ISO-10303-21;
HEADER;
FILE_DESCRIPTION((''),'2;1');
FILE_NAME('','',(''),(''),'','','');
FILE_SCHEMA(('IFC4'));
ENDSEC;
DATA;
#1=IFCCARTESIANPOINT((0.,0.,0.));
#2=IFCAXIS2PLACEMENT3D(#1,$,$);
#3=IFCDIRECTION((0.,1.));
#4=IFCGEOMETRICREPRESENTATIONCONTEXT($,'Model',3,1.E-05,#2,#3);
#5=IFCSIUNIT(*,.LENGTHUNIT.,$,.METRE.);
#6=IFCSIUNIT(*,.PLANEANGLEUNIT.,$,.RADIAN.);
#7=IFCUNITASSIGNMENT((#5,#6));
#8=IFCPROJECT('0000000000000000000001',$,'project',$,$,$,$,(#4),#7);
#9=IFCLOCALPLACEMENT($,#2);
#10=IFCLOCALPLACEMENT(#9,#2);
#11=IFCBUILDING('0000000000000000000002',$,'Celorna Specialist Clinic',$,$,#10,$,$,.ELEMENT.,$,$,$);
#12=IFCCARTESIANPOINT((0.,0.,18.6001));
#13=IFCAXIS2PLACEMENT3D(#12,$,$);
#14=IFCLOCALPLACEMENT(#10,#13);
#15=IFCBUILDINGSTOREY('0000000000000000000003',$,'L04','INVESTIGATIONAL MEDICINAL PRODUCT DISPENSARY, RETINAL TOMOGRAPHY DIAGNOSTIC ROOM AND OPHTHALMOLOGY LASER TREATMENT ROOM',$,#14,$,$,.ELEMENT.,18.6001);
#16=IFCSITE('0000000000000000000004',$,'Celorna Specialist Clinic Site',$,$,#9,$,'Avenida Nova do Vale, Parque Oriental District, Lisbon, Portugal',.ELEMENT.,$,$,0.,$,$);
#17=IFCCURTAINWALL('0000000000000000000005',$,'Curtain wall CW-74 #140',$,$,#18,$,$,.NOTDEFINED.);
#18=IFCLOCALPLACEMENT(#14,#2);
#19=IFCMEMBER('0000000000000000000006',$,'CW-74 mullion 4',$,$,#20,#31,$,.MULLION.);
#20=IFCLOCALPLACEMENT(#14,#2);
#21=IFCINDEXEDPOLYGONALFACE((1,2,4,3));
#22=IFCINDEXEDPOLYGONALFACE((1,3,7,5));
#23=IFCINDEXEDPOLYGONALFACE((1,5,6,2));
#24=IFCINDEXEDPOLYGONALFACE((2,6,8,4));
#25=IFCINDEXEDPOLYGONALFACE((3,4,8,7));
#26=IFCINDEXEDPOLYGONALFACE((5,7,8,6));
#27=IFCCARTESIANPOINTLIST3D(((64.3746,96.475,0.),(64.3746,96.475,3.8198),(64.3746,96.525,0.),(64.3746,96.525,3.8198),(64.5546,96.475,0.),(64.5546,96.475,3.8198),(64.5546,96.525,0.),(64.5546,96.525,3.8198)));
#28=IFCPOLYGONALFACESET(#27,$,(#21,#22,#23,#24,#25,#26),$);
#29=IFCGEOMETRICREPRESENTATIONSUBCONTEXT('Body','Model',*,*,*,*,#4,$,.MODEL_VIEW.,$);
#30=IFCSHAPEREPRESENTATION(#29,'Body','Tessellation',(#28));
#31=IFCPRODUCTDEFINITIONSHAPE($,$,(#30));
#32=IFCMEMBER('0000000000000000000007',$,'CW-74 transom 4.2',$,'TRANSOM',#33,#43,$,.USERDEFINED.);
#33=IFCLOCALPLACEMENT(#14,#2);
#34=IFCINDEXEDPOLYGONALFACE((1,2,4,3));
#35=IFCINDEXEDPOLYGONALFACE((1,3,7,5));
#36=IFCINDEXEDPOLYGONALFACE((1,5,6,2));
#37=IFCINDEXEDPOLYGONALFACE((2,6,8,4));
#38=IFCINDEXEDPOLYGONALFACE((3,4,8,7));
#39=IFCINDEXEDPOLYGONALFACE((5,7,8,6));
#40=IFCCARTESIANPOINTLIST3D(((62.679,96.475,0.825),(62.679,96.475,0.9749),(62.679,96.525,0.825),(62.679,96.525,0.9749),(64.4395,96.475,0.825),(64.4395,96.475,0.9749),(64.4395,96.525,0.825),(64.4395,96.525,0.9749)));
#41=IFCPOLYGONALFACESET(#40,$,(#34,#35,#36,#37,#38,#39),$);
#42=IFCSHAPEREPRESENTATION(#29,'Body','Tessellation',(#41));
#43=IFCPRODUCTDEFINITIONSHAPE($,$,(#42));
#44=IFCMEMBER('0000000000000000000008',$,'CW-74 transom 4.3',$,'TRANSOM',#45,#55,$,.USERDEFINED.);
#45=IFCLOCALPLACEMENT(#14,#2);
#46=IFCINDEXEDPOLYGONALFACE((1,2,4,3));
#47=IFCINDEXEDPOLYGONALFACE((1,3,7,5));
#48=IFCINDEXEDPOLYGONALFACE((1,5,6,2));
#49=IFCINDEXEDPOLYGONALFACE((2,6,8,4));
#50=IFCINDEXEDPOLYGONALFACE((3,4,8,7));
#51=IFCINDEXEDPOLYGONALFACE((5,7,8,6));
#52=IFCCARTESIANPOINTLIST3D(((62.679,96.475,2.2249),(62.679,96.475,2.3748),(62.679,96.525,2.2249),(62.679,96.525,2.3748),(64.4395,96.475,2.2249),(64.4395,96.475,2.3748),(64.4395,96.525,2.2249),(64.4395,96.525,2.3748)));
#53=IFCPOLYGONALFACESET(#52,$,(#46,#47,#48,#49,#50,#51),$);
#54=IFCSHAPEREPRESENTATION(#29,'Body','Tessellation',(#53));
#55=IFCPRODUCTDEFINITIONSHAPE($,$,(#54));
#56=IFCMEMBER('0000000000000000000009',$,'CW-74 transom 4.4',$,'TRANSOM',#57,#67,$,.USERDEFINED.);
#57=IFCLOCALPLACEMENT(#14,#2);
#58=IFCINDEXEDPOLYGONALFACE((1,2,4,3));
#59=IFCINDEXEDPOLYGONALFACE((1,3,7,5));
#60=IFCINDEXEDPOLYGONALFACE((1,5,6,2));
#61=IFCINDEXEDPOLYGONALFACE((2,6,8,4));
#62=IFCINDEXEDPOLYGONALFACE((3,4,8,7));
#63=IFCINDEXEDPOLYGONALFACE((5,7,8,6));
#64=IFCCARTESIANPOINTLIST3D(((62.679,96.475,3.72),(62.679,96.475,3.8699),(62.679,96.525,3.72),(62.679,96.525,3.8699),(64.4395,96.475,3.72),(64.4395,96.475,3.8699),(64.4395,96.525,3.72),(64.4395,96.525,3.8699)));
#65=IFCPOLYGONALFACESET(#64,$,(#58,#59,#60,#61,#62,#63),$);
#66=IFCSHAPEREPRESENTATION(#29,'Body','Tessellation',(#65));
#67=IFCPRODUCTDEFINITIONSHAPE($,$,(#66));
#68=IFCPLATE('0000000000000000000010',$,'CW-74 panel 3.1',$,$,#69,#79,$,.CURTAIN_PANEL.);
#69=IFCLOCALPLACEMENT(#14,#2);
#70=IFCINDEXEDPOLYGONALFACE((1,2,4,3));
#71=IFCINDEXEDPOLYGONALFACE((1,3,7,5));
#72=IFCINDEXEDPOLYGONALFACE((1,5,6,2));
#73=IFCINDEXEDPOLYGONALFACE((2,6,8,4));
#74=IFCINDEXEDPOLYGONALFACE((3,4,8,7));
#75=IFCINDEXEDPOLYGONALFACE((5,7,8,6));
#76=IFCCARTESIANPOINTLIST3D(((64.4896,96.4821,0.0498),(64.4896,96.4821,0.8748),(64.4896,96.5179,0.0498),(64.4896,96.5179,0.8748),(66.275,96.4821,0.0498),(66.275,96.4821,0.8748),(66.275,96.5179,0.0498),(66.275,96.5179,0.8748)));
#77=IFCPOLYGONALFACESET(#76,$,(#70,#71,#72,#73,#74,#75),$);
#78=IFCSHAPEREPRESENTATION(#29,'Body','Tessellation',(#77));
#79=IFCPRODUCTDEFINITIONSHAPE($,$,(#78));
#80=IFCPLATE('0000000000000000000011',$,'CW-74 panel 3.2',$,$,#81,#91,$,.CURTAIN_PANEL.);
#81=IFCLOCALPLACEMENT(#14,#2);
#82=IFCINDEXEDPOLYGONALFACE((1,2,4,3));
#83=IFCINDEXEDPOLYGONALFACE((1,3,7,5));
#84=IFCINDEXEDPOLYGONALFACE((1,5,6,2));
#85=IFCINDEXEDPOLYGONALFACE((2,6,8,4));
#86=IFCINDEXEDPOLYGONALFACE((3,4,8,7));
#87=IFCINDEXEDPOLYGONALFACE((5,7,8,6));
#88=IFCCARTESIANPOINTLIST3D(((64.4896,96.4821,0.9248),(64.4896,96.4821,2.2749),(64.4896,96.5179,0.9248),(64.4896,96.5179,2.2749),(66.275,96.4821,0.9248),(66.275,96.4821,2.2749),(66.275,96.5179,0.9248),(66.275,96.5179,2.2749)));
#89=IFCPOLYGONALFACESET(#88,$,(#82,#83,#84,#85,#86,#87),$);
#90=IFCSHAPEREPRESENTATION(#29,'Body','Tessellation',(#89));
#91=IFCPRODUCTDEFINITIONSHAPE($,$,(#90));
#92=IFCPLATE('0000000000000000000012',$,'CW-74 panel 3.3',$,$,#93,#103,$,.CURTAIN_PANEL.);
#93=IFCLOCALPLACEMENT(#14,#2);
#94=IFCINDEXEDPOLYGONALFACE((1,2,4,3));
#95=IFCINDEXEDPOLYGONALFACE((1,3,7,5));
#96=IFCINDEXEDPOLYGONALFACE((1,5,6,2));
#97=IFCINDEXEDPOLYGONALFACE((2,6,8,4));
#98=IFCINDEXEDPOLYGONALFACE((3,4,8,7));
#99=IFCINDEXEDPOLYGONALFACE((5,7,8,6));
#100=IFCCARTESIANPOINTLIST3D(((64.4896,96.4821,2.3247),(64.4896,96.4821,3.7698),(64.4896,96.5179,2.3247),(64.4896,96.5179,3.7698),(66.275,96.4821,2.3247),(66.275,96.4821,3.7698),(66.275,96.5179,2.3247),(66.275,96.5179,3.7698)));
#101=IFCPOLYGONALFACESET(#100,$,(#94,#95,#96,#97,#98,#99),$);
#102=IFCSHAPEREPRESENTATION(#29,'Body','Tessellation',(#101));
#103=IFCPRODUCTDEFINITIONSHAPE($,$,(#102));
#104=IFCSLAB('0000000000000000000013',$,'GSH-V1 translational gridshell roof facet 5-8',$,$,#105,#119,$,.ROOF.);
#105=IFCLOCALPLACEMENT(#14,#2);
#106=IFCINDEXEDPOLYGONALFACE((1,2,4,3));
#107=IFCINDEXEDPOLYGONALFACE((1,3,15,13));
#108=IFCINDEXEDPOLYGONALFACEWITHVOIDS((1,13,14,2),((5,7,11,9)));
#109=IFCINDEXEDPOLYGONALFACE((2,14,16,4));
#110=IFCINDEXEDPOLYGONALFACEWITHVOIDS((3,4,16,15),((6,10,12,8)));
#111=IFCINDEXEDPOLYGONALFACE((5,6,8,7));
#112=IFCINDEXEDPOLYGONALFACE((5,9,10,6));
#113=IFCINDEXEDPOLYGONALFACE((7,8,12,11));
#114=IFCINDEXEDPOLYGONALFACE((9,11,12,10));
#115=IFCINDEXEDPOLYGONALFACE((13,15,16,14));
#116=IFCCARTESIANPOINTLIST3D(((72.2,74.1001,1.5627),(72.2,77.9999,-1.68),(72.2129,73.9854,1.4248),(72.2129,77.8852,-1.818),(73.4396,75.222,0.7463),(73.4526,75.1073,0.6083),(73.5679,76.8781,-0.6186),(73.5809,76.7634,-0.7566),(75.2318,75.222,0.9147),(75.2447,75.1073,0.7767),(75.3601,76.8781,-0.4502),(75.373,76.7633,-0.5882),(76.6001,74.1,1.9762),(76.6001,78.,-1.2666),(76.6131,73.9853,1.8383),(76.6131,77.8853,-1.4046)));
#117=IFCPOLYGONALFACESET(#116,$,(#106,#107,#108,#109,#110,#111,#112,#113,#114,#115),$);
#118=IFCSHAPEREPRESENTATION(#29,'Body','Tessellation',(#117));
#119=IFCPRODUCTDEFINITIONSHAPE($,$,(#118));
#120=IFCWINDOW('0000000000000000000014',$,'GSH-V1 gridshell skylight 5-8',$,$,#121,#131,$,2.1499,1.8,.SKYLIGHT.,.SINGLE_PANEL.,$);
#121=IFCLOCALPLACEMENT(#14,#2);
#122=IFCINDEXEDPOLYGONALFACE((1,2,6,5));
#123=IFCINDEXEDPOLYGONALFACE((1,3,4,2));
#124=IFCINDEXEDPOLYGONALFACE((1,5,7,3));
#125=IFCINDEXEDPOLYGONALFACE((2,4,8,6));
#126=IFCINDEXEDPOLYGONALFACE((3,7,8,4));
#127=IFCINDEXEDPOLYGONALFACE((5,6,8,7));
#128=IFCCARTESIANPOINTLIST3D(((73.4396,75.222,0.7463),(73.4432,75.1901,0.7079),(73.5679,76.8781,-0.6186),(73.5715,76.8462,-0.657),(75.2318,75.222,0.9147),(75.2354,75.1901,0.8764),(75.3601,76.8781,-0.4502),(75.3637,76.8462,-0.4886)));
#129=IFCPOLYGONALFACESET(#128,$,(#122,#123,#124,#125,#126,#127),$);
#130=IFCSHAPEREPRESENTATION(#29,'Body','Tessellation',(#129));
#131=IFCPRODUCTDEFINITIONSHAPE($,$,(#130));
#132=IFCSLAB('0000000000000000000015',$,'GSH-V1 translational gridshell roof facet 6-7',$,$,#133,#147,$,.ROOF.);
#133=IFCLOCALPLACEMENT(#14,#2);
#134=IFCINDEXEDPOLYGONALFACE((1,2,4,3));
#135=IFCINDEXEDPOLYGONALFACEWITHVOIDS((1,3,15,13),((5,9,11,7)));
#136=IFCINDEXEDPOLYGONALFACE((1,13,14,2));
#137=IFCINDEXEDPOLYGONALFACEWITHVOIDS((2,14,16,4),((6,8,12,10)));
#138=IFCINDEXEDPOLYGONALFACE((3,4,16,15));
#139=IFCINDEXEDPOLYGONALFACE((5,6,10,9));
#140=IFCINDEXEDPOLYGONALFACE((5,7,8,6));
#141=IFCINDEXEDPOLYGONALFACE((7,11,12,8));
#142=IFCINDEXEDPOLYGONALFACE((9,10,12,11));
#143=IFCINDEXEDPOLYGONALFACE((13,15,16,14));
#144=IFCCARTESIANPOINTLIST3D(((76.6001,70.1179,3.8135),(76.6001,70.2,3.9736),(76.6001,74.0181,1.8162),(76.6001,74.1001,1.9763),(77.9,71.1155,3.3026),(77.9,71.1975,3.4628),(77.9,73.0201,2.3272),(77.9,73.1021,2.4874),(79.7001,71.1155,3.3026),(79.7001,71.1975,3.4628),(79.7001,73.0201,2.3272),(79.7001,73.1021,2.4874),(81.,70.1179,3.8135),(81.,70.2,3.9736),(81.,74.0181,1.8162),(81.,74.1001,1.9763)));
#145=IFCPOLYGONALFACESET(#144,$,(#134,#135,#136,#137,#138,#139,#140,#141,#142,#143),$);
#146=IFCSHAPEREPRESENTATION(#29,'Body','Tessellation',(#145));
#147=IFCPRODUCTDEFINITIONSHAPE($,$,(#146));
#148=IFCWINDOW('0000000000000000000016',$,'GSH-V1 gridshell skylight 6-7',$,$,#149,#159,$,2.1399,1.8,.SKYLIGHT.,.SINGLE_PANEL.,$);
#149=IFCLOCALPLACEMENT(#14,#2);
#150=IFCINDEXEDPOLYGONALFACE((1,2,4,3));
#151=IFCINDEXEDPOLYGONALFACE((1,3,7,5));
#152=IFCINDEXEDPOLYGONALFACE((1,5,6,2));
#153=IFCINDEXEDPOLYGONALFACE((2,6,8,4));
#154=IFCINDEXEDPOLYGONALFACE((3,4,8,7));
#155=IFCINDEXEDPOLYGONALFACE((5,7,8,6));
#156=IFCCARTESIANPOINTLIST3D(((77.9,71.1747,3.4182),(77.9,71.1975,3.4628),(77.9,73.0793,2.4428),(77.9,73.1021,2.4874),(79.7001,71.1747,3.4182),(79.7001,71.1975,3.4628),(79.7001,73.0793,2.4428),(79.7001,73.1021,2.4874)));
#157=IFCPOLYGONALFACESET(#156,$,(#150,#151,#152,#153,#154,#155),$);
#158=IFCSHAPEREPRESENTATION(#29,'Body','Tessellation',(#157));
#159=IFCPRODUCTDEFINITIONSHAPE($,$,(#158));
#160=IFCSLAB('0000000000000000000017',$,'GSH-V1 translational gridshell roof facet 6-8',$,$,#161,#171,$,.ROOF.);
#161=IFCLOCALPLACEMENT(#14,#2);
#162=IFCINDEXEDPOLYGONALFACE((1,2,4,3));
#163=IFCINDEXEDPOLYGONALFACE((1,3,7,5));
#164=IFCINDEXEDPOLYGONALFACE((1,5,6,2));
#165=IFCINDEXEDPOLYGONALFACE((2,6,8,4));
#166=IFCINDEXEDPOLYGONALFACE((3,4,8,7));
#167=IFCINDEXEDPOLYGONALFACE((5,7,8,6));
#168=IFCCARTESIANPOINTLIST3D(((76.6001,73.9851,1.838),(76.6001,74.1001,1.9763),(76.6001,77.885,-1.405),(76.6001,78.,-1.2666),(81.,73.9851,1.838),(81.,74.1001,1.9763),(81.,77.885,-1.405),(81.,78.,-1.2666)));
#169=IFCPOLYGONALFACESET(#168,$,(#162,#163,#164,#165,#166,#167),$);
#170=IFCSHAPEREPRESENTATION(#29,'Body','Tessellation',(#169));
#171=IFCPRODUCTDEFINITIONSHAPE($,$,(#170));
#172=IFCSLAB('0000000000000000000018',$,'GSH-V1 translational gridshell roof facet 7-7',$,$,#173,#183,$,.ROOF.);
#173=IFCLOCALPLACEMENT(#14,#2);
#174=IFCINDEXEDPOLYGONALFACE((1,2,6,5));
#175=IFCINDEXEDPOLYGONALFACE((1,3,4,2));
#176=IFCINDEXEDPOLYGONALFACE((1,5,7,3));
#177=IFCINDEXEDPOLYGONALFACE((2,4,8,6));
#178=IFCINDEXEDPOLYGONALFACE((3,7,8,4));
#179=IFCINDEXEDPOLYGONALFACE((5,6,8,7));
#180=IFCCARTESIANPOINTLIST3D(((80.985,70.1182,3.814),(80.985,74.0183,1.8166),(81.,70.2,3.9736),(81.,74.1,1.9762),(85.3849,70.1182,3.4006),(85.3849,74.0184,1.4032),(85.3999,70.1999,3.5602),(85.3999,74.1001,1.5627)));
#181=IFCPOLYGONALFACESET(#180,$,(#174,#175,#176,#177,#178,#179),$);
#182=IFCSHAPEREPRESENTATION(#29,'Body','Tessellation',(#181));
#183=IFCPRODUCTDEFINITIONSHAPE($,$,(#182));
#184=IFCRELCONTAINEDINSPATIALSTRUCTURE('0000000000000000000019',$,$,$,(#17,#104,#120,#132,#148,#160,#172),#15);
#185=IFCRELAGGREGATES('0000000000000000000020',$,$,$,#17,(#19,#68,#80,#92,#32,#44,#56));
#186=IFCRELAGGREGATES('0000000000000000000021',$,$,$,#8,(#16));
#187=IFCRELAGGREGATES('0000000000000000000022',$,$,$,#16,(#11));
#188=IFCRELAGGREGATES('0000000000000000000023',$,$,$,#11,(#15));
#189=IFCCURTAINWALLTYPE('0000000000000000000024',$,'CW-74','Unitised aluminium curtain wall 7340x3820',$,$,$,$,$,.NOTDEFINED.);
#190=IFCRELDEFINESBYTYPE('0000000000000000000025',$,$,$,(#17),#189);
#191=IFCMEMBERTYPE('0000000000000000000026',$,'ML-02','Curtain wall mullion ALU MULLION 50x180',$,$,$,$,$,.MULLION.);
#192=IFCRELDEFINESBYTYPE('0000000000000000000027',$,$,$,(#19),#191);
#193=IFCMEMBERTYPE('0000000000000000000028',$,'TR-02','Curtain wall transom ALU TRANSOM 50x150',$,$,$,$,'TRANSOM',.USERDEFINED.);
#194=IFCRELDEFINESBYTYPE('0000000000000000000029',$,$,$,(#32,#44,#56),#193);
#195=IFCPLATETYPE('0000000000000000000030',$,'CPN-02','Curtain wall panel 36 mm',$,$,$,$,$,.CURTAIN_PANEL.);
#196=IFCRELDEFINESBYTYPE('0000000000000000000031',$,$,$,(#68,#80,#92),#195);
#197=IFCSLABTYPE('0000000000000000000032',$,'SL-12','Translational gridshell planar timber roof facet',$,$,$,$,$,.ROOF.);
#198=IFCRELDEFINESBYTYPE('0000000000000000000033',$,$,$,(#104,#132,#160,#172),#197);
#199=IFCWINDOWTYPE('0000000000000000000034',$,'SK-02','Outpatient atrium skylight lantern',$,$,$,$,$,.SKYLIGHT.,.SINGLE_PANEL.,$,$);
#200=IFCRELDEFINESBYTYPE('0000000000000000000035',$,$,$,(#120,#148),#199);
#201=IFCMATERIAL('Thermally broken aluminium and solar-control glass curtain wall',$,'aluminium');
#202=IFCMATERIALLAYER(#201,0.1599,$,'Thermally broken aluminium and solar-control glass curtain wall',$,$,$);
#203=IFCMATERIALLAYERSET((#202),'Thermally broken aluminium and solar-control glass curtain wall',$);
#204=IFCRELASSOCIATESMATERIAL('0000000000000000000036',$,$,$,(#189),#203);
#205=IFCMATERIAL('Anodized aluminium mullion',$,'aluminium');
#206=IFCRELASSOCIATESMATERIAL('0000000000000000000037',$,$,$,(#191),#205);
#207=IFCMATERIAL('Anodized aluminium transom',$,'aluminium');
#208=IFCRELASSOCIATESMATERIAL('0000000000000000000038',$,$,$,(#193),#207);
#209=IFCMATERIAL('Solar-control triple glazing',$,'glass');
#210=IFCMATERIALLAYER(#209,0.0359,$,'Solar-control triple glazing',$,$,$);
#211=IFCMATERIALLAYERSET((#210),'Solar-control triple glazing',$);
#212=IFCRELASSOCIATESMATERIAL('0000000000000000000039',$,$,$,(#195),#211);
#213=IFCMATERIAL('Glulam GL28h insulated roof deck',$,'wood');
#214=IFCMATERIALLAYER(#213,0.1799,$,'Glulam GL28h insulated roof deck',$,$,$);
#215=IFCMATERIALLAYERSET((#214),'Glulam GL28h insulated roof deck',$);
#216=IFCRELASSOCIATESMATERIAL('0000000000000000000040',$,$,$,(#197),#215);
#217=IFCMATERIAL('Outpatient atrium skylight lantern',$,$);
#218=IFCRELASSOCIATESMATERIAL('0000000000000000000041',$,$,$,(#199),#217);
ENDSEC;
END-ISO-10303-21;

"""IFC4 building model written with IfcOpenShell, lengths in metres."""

from ifc_helpers import new_model, si_unit, direction, frame, origin, origin_2d, place, context, subcontext, project, spatial, polyline, rectangle, outline, extrude, material, layer, layer_set, material_profile, profile_set, type_object, element, fill, aggregate, save


model = new_model("IFC4")

# Units and contexts
model_context = context("Model", 3, precision=1e-05, world=origin(), true_north=direction((0.0, 1.0)))
body_context = subcontext(model_context, "Body", "Model", "MODEL_VIEW")
ifc_project = project(units=[si_unit("LENGTHUNIT", "METRE"), si_unit("PLANEANGLEUNIT", "RADIAN")], contexts=[model_context])

# Site, building, storey
site_placement = place(None, origin())
site = spatial("IfcSite", under=ifc_project, at=site_placement, Name="Celorna Specialist Clinic Site", LongName="Avenida Nova do Vale, Parque Oriental District, Lisbon, Portugal", CompositionType="ELEMENT", RefElevation=0.0)
building_placement = place(site_placement, origin())
building = spatial("IfcBuilding", under=site, at=building_placement, Name="Celorna Specialist Clinic", CompositionType="ELEMENT")
storey_placement = place(building_placement, frame((0.0, 0.0, 18.6001)))
storey = spatial("IfcBuildingStorey", under=building, at=storey_placement, Name="L04", Description="INVESTIGATIONAL MEDICINAL PRODUCT DISPENSARY, RETINAL TOMOGRAPHY DIAGNOSTIC ROOM AND OPHTHALMOLOGY LASER TREATMENT ROOM", CompositionType="ELEMENT", Elevation=18.6001)

# Curtain wall, members, plates
ifc_material_1 = material(Name="Thermally broken aluminium and solar-control glass curtain wall", Category="aluminium")
ifc_layer_1 = layer(ifc_material_1, 0.1599, Name="Thermally broken aluminium and solar-control glass curtain wall")
ifc_layer_set_1 = layer_set([ifc_layer_1], Name="Thermally broken aluminium and solar-control glass curtain wall")
curtain_wall_type = type_object("IfcCurtainWallType", Name="CW-74", Description="Unitised aluminium curtain wall 7340x3820", PredefinedType="NOTDEFINED", material=ifc_layer_set_1)
curtain_wall_placement = place(storey_placement, origin())
curtain_wall = element("IfcCurtainWall", 1, at=curtain_wall_placement, inside=storey, type_object=curtain_wall_type, Name="Curtain wall CW-74 #140", PredefinedType="NOTDEFINED")
ifc_material_2 = material(Name="Anodized aluminium mullion", Category="aluminium")
ifc_material_profile_1 = material_profile(ifc_material_2, rectangle(XDim=0.05, YDim=0.1799, at=origin_2d()), Name="ALU MULLION 50x180")
ifc_profile_set_1 = profile_set([ifc_material_profile_1], Name="Anodized aluminium mullion")
member_type_1 = type_object("IfcMemberType", Name="ML-02", Description="Curtain wall mullion ALU MULLION 50x180", PredefinedType="MULLION", material=ifc_profile_set_1)
member_1_placement = place(storey_placement, frame((64.4646, 96.5, 0.0), z_axis=(0.0, 0.0, 1.0), x_axis=(0.0, -1.0, 0.0)))
member_1 = element("IfcMember", 2, at=member_1_placement, type_object=member_type_1, Name="CW-74 mullion 4", PredefinedType="MULLION", context=body_context, shape_type="SweptSolid", body=[
    extrude(rectangle(XDim=0.05, YDim=0.1799, at=origin_2d()), origin(), (0.0, 0.0, 1.0), 3.8198),
])
ifc_material_3 = material(Name="Anodized aluminium transom", Category="aluminium")
ifc_material_profile_2 = material_profile(ifc_material_3, rectangle(XDim=0.05, YDim=0.1499, at=origin_2d()), Name="ALU TRANSOM 50x150")
ifc_profile_set_2 = profile_set([ifc_material_profile_2], Name="Anodized aluminium transom")
member_type_2 = type_object("IfcMemberType", Name="TR-02", Description="Curtain wall transom ALU TRANSOM 50x150", ElementType="TRANSOM", PredefinedType="USERDEFINED", material=ifc_profile_set_2)
member_2_placement = place(storey_placement, frame((64.4395, 96.5, 0.8999), z_axis=(-1.0, 0.0, 0.0), x_axis=(0.0, -1.0, 0.0)))
member_2 = element("IfcMember", 3, at=member_2_placement, type_object=member_type_2, Name="CW-74 transom 4.2", ObjectType="TRANSOM", PredefinedType="USERDEFINED", context=body_context, shape_type="SweptSolid", body=[
    extrude(rectangle(XDim=0.05, YDim=0.1499, at=origin_2d()), origin(), (0.0, 0.0, 1.0), 1.7605),
])
member_3_placement = place(storey_placement, frame((64.4395, 96.5, 2.2998), z_axis=(-1.0, 0.0, 0.0), x_axis=(0.0, -1.0, 0.0)))
member_3 = element("IfcMember", 4, at=member_3_placement, type_object=member_type_2, Name="CW-74 transom 4.3", ObjectType="TRANSOM", PredefinedType="USERDEFINED", context=body_context, shape_type="SweptSolid", body=[
    extrude(rectangle(XDim=0.05, YDim=0.1499, at=origin_2d()), origin(), (0.0, 0.0, 1.0), 1.7605),
])
member_4_placement = place(storey_placement, frame((64.4395, 96.5, 3.7949), z_axis=(-1.0, 0.0, 0.0), x_axis=(0.0, -1.0, 0.0)))
member_4 = element("IfcMember", 5, at=member_4_placement, type_object=member_type_2, Name="CW-74 transom 4.4", ObjectType="TRANSOM", PredefinedType="USERDEFINED", context=body_context, shape_type="SweptSolid", body=[
    extrude(rectangle(XDim=0.05, YDim=0.1499, at=origin_2d()), origin(), (0.0, 0.0, 1.0), 1.7605),
])
ifc_material_4 = material(Name="Solar-control triple glazing", Category="glass")
ifc_layer_2 = layer(ifc_material_4, 0.0359, Name="Solar-control triple glazing")
ifc_layer_set_2 = layer_set([ifc_layer_2], Name="Solar-control triple glazing")
plate_type = type_object("IfcPlateType", Name="CPN-02", Description="Curtain wall panel 36 mm", PredefinedType="CURTAIN_PANEL", material=ifc_layer_set_2)
plate_1_placement = place(storey_placement, frame((65.3823, 96.5, 0.0498), z_axis=(0.0, 0.0, 1.0), x_axis=(-1.0, 0.0, 0.0)))
plate_1 = element("IfcPlate", 6, at=plate_1_placement, type_object=plate_type, Name="CW-74 panel 3.1", PredefinedType="CURTAIN_PANEL", context=body_context, shape_type="SweptSolid", body=[
    extrude(rectangle(XDim=1.7854, YDim=0.0359, at=origin_2d()), origin(), (0.0, 0.0, 1.0), 0.825),
])
plate_2_placement = place(storey_placement, frame((65.3823, 96.5, 0.9248), z_axis=(0.0, 0.0, 1.0), x_axis=(-1.0, 0.0, 0.0)))
plate_2 = element("IfcPlate", 7, at=plate_2_placement, type_object=plate_type, Name="CW-74 panel 3.2", PredefinedType="CURTAIN_PANEL", context=body_context, shape_type="SweptSolid", body=[
    extrude(rectangle(XDim=1.7854, YDim=0.0359, at=origin_2d()), origin(), (0.0, 0.0, 1.0), 1.3501),
])
plate_3_placement = place(storey_placement, frame((65.3823, 96.5, 2.3247), z_axis=(0.0, 0.0, 1.0), x_axis=(-1.0, 0.0, 0.0)))
plate_3 = element("IfcPlate", 8, at=plate_3_placement, type_object=plate_type, Name="CW-74 panel 3.3", PredefinedType="CURTAIN_PANEL", context=body_context, shape_type="SweptSolid", body=[
    extrude(rectangle(XDim=1.7854, YDim=0.0359, at=origin_2d()), origin(), (0.0, 0.0, 1.0), 1.4451),
])
aggregate(curtain_wall, [member_1, plate_1, plate_2, plate_3, member_2, member_3, member_4])

# Slabs, openings, windows
ifc_material_5 = material(Name="Glulam GL28h insulated roof deck", Category="wood")
ifc_layer_3 = layer(ifc_material_5, 0.1799, Name="Glulam GL28h insulated roof deck")
ifc_layer_set_3 = layer_set([ifc_layer_3], Name="Glulam GL28h insulated roof deck")
slab_type = type_object("IfcSlabType", Name="SL-12", Description="Translational gridshell planar timber roof facet", PredefinedType="ROOF", material=ifc_layer_set_3)
slab_1_placement = place(storey_placement, frame((72.2, 74.1001, 1.5627), z_axis=(-0.072062, 0.637693, 0.766912), x_axis=(0.995613, -0.000014, 0.093562)))
slab_1 = element("IfcSlab", 9, at=slab_1_placement, inside=storey, type_object=slab_type, Name="GSH-V1 translational gridshell roof facet 5-8", PredefinedType="ROOF", context=body_context, shape_type="SweptSolid", body=[
    extrude(outline(polyline([(0.0, 0.0), (4.4195, 0.0), (4.1161, 5.063), (-0.3034, 5.0628), (0.0, 0.0)])), origin(), (0.0, 0.0, -1.0), 0.1799),
])
opening_1_placement = place(slab_1_placement, frame((2.0579, 2.5315, 0.01)))
opening_1 = element("IfcOpeningElement", 10, at=opening_1_placement, cuts=slab_1, PredefinedType="OPENING", context=body_context, shape_type="SweptSolid", body=[
    extrude(rectangle(XDim=1.8, YDim=2.1499, at=origin_2d()), origin(), (0.0, 0.0, -1.0), 0.2),
])
ifc_material_6 = material(Name="Outpatient atrium skylight lantern")
window_type = type_object("IfcWindowType", Name="SK-02", Description="Outpatient atrium skylight lantern", PartitioningType="SINGLE_PANEL", PredefinedType="SKYLIGHT", material=ifc_material_6)
window_1_placement = place(opening_1_placement, frame((0.0, 0.0, -0.01)))
window_1 = element("IfcWindow", 11, at=window_1_placement, inside=storey, type_object=window_type, Name="GSH-V1 gridshell skylight 5-8", OverallHeight=2.1499, OverallWidth=1.8, PartitioningType="SINGLE_PANEL", PredefinedType="SKYLIGHT", context=body_context, shape_type="SweptSolid", body=[
    extrude(rectangle(XDim=1.8, YDim=2.1499, at=origin_2d()), origin(), (0.0, 0.0, -1.0), 0.05),
])
fill(opening_1, window_1)
slab_2_placement = place(storey_placement, frame((76.6001, 70.2, 3.9736), z_axis=(0.0, 0.455818, 0.890073), x_axis=(1.0, 0.0, 0.0)))
slab_2 = element("IfcSlab", 12, at=slab_2_placement, inside=storey, type_object=slab_type, Name="GSH-V1 translational gridshell roof facet 6-7", PredefinedType="ROOF", context=body_context, shape_type="SweptSolid", body=[
    extrude(outline(polyline([(0.0, 0.0), (4.3999, 0.0), (4.3999, 4.3818), (0.0, 4.3818), (0.0, 0.0)])), origin(), (0.0, 0.0, -1.0), 0.1799),
])
opening_2_placement = place(slab_2_placement, frame((2.2, 2.1907, 0.01)))
opening_2 = element("IfcOpeningElement", 13, at=opening_2_placement, cuts=slab_2, PredefinedType="OPENING", context=body_context, shape_type="SweptSolid", body=[
    extrude(rectangle(XDim=1.8, YDim=2.1399, at=origin_2d()), origin(), (0.0, 0.0, -1.0), 0.2),
])
window_2_placement = place(opening_2_placement, frame((0.0, 0.0, -0.01)))
window_2 = element("IfcWindow", 14, at=window_2_placement, inside=storey, type_object=window_type, Name="GSH-V1 gridshell skylight 6-7", OverallHeight=2.1399, OverallWidth=1.8, PartitioningType="SINGLE_PANEL", PredefinedType="SKYLIGHT", context=body_context, shape_type="SweptSolid", body=[
    extrude(rectangle(XDim=1.8, YDim=2.1399, at=origin_2d()), origin(), (0.0, 0.0, -1.0), 0.05),
])
fill(opening_2, window_2)

# Slabs
slab_3_placement = place(storey_placement, frame((76.6001, 74.1001, 1.9763), z_axis=(0.0, 0.63937, 0.768899), x_axis=(1.0, 0.0, 0.0)))
element("IfcSlab", 15, at=slab_3_placement, inside=storey, type_object=slab_type, Name="GSH-V1 translational gridshell roof facet 6-8", PredefinedType="ROOF", context=body_context, shape_type="SweptSolid", body=[
    extrude(outline(polyline([(0.0, 0.0), (4.3999, 0.0), (4.3999, 5.0721), (0.0, 5.0721), (0.0, 0.0)])), origin(), (0.0, 0.0, -1.0), 0.1799),
])
slab_4_placement = place(storey_placement, frame((81.0, 70.2, 3.9736), z_axis=(0.083347, 0.454254, 0.886965), x_axis=(0.995615, -0.000011, -0.093551)))
element("IfcSlab", 16, at=slab_4_placement, inside=storey, type_object=slab_type, Name="GSH-V1 translational gridshell roof facet 7-7", PredefinedType="ROOF", context=body_context, shape_type="SweptSolid", body=[
    extrude(outline(polyline([(0.0, 0.0), (4.4193, 0.0), (4.6061, 4.378), (0.1868, 4.3778), (0.0, 0.0)])), origin(), (0.0, 0.0, -1.0), 0.1799),
])

save(model, "model.ifc")
